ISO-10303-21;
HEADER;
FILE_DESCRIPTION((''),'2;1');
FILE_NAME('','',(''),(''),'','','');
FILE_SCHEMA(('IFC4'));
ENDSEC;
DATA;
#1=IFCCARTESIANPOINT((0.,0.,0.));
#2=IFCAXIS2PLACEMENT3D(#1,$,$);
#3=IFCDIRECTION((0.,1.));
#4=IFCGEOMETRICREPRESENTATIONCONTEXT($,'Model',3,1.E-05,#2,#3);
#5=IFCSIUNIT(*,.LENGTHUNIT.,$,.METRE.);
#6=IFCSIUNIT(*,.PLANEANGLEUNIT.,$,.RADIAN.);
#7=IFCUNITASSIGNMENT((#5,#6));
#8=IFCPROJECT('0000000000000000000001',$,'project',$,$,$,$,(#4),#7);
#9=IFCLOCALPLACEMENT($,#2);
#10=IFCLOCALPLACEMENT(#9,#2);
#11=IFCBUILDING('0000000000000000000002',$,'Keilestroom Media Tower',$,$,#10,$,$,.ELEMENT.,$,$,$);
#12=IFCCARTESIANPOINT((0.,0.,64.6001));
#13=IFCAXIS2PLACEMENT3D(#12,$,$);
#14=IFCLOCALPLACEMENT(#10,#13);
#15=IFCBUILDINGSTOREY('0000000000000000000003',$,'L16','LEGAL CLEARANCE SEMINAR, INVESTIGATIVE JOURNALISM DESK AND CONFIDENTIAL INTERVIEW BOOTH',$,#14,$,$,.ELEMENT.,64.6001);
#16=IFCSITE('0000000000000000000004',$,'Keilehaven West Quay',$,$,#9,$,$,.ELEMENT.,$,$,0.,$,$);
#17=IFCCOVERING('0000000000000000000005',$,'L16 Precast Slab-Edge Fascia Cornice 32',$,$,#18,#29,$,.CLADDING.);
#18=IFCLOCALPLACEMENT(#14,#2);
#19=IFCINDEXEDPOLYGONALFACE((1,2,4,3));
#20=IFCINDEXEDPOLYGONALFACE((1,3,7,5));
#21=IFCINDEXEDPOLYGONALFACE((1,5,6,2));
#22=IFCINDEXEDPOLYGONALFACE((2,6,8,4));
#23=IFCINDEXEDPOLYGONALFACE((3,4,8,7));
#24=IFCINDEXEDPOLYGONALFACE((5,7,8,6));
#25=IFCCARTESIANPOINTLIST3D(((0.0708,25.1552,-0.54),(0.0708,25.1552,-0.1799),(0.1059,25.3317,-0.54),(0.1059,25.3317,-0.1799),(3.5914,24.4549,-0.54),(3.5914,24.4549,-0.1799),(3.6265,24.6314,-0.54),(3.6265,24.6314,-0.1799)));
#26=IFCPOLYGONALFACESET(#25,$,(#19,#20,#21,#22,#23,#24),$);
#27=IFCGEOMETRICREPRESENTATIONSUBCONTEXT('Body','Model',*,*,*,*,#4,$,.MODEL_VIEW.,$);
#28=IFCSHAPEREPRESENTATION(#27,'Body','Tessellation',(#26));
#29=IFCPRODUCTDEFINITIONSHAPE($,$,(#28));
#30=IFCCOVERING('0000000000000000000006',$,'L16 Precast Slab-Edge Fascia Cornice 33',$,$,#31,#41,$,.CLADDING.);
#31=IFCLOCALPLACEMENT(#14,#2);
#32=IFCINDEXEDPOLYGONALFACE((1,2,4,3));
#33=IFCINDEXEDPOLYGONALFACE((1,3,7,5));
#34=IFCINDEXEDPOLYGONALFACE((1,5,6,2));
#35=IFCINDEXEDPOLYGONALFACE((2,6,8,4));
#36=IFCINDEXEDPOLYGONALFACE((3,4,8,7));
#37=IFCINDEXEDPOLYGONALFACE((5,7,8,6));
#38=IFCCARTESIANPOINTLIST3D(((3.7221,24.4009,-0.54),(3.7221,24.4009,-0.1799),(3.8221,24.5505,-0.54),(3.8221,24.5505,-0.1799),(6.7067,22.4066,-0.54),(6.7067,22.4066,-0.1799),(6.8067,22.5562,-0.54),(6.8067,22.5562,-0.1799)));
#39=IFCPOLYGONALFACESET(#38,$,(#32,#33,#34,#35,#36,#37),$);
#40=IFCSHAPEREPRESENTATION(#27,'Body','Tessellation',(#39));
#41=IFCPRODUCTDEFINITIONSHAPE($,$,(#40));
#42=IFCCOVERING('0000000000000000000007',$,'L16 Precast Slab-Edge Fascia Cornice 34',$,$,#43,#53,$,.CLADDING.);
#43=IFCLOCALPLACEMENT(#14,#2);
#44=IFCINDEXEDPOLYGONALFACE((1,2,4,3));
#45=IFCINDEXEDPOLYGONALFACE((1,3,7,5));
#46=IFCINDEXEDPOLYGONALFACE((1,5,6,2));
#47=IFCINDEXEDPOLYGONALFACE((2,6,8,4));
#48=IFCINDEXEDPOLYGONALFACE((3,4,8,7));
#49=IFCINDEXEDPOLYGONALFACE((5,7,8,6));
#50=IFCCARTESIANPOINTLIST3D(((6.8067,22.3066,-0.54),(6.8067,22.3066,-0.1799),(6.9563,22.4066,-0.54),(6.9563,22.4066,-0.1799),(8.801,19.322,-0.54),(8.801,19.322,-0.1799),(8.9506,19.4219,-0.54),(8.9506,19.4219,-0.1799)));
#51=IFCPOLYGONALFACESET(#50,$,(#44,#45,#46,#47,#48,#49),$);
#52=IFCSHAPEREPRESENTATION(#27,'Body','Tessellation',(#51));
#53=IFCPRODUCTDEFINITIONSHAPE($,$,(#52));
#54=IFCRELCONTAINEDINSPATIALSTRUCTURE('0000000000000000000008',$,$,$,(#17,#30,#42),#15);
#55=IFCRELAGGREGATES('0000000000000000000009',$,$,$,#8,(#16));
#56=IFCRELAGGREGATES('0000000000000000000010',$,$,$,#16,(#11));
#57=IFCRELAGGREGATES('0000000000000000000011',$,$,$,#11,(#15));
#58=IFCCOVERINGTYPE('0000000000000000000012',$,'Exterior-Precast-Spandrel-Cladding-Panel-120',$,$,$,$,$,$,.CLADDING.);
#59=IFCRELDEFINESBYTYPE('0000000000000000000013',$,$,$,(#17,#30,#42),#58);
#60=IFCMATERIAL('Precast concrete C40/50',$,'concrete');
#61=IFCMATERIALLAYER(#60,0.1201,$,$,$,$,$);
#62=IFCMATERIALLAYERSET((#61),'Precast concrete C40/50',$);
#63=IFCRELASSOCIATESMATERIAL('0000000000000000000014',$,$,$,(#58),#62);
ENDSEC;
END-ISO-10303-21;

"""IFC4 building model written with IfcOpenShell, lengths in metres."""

from ifc_helpers import new_model, si_unit, direction, frame, origin, origin_2d, place, context, subcontext, project, spatial, rectangle, extrude, source, transform, mapped, material, layer, layer_set, type_object, element, save


model = new_model("IFC4")

# Units and contexts
model_context = context("Model", 3, precision=1e-05, world=origin(), true_north=direction((0.0, 1.0)))
body_context = subcontext(model_context, "Body", "Model", "MODEL_VIEW")
ifc_project = project(units=[si_unit("LENGTHUNIT", "METRE"), si_unit("PLANEANGLEUNIT", "RADIAN")], contexts=[model_context])

# Site, building, storey
site_placement = place(None, origin())
site = spatial("IfcSite", under=ifc_project, at=site_placement, Name="Keilehaven West Quay", CompositionType="ELEMENT", RefElevation=0.0)
building_placement = place(site_placement, origin())
building = spatial("IfcBuilding", under=site, at=building_placement, Name="Keilestroom Media Tower", CompositionType="ELEMENT")
storey_placement = place(building_placement, frame((0.0, 0.0, 64.6001)))
storey = spatial("IfcBuildingStorey", under=building, at=storey_placement, Name="L16", Description="LEGAL CLEARANCE SEMINAR, INVESTIGATIVE JOURNALISM DESK AND CONFIDENTIAL INTERVIEW BOOTH", CompositionType="ELEMENT", Elevation=64.6001)

# Shared definitions
ifc_material_1 = material(Name="Precast concrete C40/50", Category="concrete")

# Coverings
ifc_layer_1 = layer(ifc_material_1, 0.1201)
ifc_layer_set_1 = layer_set([ifc_layer_1], Name="Precast concrete C40/50")
covering_type = type_object("IfcCoveringType", Name="Exterior-Precast-Spandrel-Cladding-Panel-120", PredefinedType="CLADDING", material=ifc_layer_set_1)
shared_shape_1 = source(origin(), body_context, "Body", "SweptSolid", [
    extrude(rectangle(XDim=3.5896, YDim=0.1799, at=origin_2d()), origin(), (0.0, 0.0, 1.0), 0.3601),
])
for number, where, z_axis, x_axis, name in (
    (1, (1.8486, 24.8933, -0.54), (0.0, 0.0, 1.0), (0.980784, -0.195099, 0.0), "L16 Precast Slab-Edge Fascia Cornice 32"),
    (2, (5.2644, 23.4785, -0.54), (0.0, 0.0, 1.0), (0.831467, -0.555575, 0.0), "L16 Precast Slab-Edge Fascia Cornice 33"),
    (3, (7.8787, 20.8643, -0.54), (0.0, 0.0, 1.0), (0.555575, -0.831467, 0.0), "L16 Precast Slab-Edge Fascia Cornice 34"),
):
    element("IfcCovering", number, at=place(storey_placement, frame(where, z_axis=z_axis, x_axis=x_axis)), inside=storey, type_object=covering_type, Name=name, PredefinedType="CLADDING", context=body_context, shape_type="MappedRepresentation", body=[
        mapped(shared_shape_1, transform((0.0, 0.0, 0.0), x_axis=(1.0, 0.0, 0.0), y_axis=(0.0, 1.0, 0.0), z_axis=(0.0, 0.0, 1.0), scale=1.0)),
    ])

save(model, "model.ifc")
